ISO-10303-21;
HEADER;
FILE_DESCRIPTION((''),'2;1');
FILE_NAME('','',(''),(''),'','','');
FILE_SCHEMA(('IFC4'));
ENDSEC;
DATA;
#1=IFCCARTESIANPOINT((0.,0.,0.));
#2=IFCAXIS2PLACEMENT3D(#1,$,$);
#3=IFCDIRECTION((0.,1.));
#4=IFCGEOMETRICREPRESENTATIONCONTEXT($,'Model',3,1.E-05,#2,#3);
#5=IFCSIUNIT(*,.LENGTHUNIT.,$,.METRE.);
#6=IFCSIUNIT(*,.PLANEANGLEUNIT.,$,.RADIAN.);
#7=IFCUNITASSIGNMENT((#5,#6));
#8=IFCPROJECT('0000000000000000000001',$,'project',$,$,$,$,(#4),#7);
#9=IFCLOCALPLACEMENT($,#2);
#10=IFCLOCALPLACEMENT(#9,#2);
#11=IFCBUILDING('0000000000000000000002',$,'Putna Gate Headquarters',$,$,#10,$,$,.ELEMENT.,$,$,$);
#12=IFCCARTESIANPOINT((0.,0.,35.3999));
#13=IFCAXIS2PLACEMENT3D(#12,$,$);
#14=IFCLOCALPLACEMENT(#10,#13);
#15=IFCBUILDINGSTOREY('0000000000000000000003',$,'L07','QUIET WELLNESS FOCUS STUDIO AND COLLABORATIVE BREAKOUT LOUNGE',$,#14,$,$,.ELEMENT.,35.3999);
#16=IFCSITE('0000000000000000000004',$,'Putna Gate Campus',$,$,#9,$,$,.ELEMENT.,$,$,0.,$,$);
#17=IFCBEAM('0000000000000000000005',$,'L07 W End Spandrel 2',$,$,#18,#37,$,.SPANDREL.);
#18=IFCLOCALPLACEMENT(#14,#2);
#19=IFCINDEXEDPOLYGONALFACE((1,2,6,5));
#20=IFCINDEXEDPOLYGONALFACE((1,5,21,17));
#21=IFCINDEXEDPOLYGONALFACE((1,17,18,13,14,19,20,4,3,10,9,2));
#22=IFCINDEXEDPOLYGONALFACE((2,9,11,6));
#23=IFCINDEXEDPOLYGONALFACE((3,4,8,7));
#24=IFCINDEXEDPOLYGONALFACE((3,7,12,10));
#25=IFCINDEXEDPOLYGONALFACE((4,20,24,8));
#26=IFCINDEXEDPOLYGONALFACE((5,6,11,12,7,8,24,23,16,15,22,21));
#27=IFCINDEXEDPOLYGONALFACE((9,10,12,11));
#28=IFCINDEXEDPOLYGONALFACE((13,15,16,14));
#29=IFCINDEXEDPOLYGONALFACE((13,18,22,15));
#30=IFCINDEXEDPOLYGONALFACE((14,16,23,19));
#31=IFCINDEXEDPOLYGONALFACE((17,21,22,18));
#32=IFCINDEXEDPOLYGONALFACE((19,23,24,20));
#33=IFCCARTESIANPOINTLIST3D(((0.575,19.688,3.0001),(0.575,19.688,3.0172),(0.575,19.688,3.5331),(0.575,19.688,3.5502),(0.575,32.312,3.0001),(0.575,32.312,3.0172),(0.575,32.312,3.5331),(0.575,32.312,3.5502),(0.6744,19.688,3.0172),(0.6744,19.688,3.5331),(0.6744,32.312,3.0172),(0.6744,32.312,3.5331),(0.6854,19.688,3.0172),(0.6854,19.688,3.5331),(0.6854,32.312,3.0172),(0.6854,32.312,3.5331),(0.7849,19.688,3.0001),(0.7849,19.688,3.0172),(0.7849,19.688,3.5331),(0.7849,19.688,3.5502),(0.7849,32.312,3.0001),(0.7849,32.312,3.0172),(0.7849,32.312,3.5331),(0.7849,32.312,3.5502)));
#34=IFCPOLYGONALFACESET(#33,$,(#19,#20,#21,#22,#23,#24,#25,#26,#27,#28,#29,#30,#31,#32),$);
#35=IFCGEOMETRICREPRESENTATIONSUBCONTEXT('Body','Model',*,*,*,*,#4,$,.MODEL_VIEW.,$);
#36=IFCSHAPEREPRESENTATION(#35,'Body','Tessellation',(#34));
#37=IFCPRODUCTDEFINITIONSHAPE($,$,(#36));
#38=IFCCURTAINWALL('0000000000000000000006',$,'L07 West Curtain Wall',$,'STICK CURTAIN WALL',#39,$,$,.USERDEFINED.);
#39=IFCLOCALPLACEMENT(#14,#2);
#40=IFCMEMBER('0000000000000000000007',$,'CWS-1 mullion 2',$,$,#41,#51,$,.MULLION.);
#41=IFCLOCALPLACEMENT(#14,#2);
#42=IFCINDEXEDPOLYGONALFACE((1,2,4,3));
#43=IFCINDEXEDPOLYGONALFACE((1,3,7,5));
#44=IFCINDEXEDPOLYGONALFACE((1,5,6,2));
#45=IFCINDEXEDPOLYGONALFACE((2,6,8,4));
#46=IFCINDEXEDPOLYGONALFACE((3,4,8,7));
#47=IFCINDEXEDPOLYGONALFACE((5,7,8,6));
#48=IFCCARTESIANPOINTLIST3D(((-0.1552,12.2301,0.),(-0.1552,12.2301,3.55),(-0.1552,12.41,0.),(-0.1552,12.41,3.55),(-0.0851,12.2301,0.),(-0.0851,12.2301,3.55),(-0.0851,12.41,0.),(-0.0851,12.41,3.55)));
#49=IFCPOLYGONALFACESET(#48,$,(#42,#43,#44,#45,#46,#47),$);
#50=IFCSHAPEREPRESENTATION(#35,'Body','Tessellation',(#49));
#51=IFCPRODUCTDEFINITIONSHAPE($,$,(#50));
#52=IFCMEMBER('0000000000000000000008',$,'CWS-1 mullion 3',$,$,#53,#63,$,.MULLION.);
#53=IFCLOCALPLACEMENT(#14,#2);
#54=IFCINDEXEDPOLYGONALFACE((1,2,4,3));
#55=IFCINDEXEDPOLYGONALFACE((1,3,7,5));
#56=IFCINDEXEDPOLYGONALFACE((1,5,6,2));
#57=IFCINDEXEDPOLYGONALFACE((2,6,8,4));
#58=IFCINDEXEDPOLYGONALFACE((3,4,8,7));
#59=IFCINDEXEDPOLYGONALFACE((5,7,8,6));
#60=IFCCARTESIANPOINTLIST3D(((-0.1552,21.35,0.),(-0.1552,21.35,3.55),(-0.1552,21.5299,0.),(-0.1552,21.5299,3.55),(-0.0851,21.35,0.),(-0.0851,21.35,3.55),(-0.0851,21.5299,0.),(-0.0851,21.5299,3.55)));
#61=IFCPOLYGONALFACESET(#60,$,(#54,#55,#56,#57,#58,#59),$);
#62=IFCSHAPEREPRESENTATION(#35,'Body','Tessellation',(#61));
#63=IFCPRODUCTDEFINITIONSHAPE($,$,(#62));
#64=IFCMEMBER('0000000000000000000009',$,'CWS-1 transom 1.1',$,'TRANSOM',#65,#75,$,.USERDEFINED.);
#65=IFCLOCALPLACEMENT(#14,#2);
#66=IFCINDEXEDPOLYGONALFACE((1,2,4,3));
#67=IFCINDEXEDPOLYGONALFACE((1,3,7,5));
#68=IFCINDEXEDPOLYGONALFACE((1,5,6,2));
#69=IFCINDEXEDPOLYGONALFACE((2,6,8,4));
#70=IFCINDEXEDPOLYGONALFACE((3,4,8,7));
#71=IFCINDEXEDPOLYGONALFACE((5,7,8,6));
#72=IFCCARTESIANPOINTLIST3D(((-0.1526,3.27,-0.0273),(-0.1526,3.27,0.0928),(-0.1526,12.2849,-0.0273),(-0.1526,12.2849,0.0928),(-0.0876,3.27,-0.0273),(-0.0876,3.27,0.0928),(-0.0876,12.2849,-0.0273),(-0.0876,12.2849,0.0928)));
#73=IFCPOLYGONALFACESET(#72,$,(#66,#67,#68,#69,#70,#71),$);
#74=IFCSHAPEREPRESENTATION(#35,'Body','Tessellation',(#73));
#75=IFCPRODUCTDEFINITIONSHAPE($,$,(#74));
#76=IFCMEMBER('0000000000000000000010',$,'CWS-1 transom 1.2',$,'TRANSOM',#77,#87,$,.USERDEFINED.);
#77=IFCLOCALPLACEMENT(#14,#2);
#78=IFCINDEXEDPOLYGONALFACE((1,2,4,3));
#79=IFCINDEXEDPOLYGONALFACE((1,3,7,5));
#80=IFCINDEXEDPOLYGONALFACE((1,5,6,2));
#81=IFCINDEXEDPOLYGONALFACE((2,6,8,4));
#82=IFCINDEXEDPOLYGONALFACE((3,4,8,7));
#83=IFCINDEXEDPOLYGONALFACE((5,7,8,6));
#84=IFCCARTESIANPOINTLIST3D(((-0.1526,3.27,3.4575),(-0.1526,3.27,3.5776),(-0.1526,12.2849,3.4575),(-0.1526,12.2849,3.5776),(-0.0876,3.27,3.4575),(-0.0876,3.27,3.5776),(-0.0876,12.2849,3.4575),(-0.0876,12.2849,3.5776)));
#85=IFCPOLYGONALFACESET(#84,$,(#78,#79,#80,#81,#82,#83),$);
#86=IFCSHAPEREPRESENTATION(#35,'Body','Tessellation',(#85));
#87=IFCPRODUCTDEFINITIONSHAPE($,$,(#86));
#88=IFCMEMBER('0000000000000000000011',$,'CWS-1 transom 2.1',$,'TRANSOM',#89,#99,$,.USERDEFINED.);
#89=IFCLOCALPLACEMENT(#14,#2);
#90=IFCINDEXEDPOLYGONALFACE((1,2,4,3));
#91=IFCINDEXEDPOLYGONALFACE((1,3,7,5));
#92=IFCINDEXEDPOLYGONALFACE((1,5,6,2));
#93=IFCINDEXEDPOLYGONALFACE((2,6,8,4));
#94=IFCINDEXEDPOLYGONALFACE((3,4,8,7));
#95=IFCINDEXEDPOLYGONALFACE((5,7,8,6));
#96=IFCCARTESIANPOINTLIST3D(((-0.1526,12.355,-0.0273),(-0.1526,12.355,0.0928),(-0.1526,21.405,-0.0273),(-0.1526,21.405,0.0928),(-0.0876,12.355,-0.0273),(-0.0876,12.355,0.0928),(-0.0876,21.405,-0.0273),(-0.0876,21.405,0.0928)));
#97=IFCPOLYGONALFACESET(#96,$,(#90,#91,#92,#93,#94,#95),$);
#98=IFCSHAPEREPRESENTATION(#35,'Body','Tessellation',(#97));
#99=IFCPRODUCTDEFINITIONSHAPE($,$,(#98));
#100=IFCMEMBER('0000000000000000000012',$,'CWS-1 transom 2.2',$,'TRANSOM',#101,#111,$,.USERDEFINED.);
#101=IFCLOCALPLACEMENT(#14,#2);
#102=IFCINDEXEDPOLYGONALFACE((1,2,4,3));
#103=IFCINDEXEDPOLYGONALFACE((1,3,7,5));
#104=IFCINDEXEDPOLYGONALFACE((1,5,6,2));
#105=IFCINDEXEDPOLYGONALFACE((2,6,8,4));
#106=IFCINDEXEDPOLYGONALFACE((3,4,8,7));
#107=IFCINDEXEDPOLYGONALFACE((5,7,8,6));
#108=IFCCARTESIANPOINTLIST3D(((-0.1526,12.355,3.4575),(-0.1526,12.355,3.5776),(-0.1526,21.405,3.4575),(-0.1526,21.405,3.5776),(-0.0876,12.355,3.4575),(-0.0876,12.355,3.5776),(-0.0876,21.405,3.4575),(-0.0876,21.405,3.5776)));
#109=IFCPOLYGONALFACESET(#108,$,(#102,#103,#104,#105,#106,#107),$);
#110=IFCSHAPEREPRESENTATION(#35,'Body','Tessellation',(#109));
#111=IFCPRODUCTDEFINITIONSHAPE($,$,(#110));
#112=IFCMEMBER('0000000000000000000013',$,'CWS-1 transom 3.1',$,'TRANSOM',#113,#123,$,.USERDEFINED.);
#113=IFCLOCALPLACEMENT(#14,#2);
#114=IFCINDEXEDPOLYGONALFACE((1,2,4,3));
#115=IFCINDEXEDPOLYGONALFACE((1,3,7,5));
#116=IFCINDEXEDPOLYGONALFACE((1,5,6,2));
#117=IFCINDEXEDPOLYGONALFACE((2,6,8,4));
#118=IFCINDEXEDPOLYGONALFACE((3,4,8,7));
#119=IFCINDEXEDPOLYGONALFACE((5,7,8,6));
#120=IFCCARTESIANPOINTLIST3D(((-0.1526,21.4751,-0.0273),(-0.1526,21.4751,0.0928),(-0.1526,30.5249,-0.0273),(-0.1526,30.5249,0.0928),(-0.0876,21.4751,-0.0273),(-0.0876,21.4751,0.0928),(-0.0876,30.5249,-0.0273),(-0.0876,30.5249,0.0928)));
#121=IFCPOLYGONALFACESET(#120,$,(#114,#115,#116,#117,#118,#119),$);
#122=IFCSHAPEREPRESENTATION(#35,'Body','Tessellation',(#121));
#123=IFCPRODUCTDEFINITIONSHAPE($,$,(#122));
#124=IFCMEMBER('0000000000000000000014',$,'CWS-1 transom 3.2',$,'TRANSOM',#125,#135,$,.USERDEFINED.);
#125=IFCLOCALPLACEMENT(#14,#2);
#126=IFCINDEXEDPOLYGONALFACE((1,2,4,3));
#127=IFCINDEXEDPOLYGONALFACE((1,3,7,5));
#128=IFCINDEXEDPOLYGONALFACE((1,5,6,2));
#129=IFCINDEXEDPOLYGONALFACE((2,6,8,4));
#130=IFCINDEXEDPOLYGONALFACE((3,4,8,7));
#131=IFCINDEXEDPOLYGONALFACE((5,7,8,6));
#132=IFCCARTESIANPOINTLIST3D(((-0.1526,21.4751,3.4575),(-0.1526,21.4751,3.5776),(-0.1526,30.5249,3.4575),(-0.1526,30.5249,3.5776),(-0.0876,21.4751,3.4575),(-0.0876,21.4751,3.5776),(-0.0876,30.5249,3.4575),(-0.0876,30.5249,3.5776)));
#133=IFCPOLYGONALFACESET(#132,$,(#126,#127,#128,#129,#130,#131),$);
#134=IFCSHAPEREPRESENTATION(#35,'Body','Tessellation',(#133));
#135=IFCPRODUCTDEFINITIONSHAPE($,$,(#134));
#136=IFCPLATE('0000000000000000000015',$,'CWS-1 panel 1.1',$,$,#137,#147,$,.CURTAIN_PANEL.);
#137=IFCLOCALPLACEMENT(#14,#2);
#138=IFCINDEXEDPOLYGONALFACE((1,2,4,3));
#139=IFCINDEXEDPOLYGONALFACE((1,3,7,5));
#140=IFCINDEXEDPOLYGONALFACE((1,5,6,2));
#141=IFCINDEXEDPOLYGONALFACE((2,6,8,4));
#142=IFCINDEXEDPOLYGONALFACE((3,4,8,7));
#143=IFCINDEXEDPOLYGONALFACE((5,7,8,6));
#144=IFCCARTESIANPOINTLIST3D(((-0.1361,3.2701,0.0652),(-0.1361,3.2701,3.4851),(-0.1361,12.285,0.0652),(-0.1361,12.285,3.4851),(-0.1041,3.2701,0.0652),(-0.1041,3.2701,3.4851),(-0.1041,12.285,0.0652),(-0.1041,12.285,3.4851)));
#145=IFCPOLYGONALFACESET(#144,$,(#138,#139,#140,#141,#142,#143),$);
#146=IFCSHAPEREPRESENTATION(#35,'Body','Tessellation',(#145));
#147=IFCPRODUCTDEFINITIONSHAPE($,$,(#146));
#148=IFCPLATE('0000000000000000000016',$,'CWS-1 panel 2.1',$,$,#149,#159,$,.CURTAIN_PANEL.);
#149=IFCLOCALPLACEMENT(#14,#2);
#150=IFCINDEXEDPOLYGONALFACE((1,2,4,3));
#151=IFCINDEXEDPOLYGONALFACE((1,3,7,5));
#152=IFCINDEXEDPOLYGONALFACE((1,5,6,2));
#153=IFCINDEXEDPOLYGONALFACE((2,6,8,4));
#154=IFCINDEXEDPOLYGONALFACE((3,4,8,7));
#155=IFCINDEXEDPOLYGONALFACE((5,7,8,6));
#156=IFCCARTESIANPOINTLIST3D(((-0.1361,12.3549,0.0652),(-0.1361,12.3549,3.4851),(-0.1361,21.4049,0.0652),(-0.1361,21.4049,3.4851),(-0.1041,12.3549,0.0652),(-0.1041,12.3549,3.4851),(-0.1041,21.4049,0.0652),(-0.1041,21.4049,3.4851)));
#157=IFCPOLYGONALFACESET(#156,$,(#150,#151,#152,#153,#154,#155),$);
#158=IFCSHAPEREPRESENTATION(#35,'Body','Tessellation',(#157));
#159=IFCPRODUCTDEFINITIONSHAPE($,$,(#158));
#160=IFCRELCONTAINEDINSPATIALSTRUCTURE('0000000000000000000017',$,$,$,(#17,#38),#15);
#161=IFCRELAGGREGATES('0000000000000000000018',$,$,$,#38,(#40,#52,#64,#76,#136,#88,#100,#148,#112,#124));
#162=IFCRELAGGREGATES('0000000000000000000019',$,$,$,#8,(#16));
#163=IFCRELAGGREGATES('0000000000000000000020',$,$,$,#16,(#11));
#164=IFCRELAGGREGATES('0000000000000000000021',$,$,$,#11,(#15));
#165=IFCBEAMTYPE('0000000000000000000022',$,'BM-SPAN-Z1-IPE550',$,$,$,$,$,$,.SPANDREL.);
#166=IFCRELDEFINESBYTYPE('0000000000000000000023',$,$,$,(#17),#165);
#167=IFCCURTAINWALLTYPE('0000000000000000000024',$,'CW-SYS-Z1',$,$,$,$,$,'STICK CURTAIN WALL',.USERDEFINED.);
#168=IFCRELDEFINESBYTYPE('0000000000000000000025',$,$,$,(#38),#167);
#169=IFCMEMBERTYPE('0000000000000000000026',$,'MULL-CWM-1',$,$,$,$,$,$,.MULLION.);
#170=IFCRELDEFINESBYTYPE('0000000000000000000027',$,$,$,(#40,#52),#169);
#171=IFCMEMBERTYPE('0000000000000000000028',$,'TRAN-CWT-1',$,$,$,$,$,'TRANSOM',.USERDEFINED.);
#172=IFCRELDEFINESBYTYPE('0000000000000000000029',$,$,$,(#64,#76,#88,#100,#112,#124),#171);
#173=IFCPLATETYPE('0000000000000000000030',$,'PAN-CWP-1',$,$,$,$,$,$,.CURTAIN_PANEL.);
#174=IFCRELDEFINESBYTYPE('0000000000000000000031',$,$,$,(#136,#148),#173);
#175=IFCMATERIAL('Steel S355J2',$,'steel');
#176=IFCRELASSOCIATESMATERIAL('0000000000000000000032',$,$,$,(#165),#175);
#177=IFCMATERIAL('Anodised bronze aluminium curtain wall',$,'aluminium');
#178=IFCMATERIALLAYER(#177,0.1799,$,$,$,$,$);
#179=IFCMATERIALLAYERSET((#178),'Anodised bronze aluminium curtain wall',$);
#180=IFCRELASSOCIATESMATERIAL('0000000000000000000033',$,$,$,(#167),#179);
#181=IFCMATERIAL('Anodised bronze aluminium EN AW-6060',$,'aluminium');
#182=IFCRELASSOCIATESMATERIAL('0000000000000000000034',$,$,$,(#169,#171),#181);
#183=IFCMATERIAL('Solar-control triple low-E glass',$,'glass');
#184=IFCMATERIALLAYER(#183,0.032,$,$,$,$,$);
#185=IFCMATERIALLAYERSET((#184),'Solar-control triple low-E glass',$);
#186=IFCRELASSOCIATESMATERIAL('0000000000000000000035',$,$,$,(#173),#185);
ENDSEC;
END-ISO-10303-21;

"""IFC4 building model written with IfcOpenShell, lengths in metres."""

from ifc_helpers import new_model, si_unit, direction, frame, origin, origin_2d, place, context, subcontext, project, spatial, rectangle, i_section, extrude, material, layer, layer_set, material_profile, profile_set, type_object, element, aggregate, save


model = new_model("IFC4")

# Units and contexts
model_context = context("Model", 3, precision=1e-05, world=origin(), true_north=direction((0.0, 1.0)))
body_context = subcontext(model_context, "Body", "Model", "MODEL_VIEW")
ifc_project = project(units=[si_unit("LENGTHUNIT", "METRE"), si_unit("PLANEANGLEUNIT", "RADIAN")], contexts=[model_context])

# Site, building, storey
site_placement = place(None, origin())
site = spatial("IfcSite", under=ifc_project, at=site_placement, Name="Putna Gate Campus", CompositionType="ELEMENT", RefElevation=0.0)
building_placement = place(site_placement, origin())
building = spatial("IfcBuilding", under=site, at=building_placement, Name="Putna Gate Headquarters", CompositionType="ELEMENT")
storey_placement = place(building_placement, frame((0.0, 0.0, 35.3999)))
storey = spatial("IfcBuildingStorey", under=building, at=storey_placement, Name="L07", Description="QUIET WELLNESS FOCUS STUDIO AND COLLABORATIVE BREAKOUT LOUNGE", CompositionType="ELEMENT", Elevation=35.3999)

# Beam
ifc_material_1 = material(Name="Steel S355J2", Category="steel")
ifc_material_profile_1 = material_profile(ifc_material_1, i_section(OverallWidth=0.21, OverallDepth=0.55, WebThickness=0.011, FlangeThickness=0.0171, at=origin_2d()), Name="Steel S355J2")
ifc_profile_set_1 = profile_set([ifc_material_profile_1], Name="Steel S355J2")
beam_type_1 = type_object("IfcBeamType", Name="BM-SPAN-Z1-IPE550", PredefinedType="SPANDREL", material=ifc_profile_set_1)
beam_1_placement = place(storey_placement, frame((0.6799, 19.688, 3.2751), z_axis=(0.0, 1.0, 0.0), x_axis=(-1.0, 0.0, 0.0)))
element("IfcBeam", 1, at=beam_1_placement, inside=storey, type_object=beam_type_1, Name="L07 W End Spandrel 2", PredefinedType="SPANDREL", context=body_context, shape_type="SweptSolid", body=[
    extrude(i_section(OverallWidth=0.21, OverallDepth=0.55, WebThickness=0.011, FlangeThickness=0.0171, at=origin_2d()), origin(), (0.0, 0.0, 1.0), 12.624),
])

# Curtain wall, members, plates
ifc_material_2 = material(Name="Anodised bronze aluminium curtain wall", Category="aluminium")
ifc_layer_1 = layer(ifc_material_2, 0.1799)
ifc_layer_set_1 = layer_set([ifc_layer_1], Name="Anodised bronze aluminium curtain wall")
curtain_wall_type = type_object("IfcCurtainWallType", Name="CW-SYS-Z1", ElementType="STICK CURTAIN WALL", PredefinedType="USERDEFINED", material=ifc_layer_set_1)
curtain_wall_placement = place(storey_placement, origin())
curtain_wall = element("IfcCurtainWall", 2, at=curtain_wall_placement, inside=storey, type_object=curtain_wall_type, Name="L07 West Curtain Wall", ObjectType="STICK CURTAIN WALL", PredefinedType="USERDEFINED")
ifc_material_3 = material(Name="Anodised bronze aluminium EN AW-6060", Category="aluminium")
ifc_material_profile_2 = material_profile(ifc_material_3, rectangle(XDim=0.0701, YDim=0.1799, at=origin_2d()), Name="Anodised bronze aluminium EN AW-6060")
ifc_profile_set_2 = profile_set([ifc_material_profile_2], Name="Anodised bronze aluminium EN AW-6060")
member_type_1 = type_object("IfcMemberType", Name="MULL-CWM-1", PredefinedType="MULLION", material=ifc_profile_set_2)
member_1_placement = place(storey_placement, frame((-0.1201, 12.3201, 0.0), z_axis=(0.0, 0.0, 1.0), x_axis=(-1.0, 0.0, 0.0)))
member_1 = element("IfcMember", 3, at=member_1_placement, type_object=member_type_1, Name="CWS-1 mullion 2", PredefinedType="MULLION", context=body_context, shape_type="SweptSolid", body=[
    extrude(rectangle(XDim=0.0701, YDim=0.1799, at=origin_2d()), origin(), (0.0, 0.0, 1.0), 3.55),
])
member_2_placement = place(storey_placement, frame((-0.1201, 21.4399, 0.0), z_axis=(0.0, 0.0, 1.0), x_axis=(-1.0, 0.0, 0.0)))
member_2 = element("IfcMember", 4, at=member_2_placement, type_object=member_type_1, Name="CWS-1 mullion 3", PredefinedType="MULLION", context=body_context, shape_type="SweptSolid", body=[
    extrude(rectangle(XDim=0.0701, YDim=0.1799, at=origin_2d()), origin(), (0.0, 0.0, 1.0), 3.55),
])
ifc_material_profile_3 = material_profile(ifc_material_3, rectangle(XDim=0.0649, YDim=0.1201, at=origin_2d()), Name="Anodised bronze aluminium EN AW-6060")
ifc_profile_set_3 = profile_set([ifc_material_profile_3], Name="Anodised bronze aluminium EN AW-6060")
member_type_2 = type_object("IfcMemberType", Name="TRAN-CWT-1", ElementType="TRANSOM", PredefinedType="USERDEFINED", material=ifc_profile_set_3)
member_3_placement = place(storey_placement, frame((-0.1201, 3.27, 0.0327), z_axis=(0.0, 1.0, 0.0), x_axis=(-1.0, 0.0, 0.0)))
member_3 = element("IfcMember", 5, at=member_3_placement, type_object=member_type_2, Name="CWS-1 transom 1.1", ObjectType="TRANSOM", PredefinedType="USERDEFINED", context=body_context, shape_type="SweptSolid", body=[
    extrude(rectangle(XDim=0.0649, YDim=0.1201, at=origin_2d()), origin(), (0.0, 0.0, 1.0), 9.0149),
])
member_4_placement = place(storey_placement, frame((-0.1201, 3.27, 3.5176), z_axis=(0.0, 1.0, 0.0), x_axis=(-1.0, 0.0, 0.0)))
member_4 = element("IfcMember", 6, at=member_4_placement, type_object=member_type_2, Name="CWS-1 transom 1.2", ObjectType="TRANSOM", PredefinedType="USERDEFINED", context=body_context, shape_type="SweptSolid", body=[
    extrude(rectangle(XDim=0.0649, YDim=0.1201, at=origin_2d()), origin(), (0.0, 0.0, 1.0), 9.0149),
])
member_5_placement = place(storey_placement, frame((-0.1201, 12.355, 0.0327), z_axis=(0.0, 1.0, 0.0), x_axis=(-1.0, 0.0, 0.0)))
member_5 = element("IfcMember", 7, at=member_5_placement, type_object=member_type_2, Name="CWS-1 transom 2.1", ObjectType="TRANSOM", PredefinedType="USERDEFINED", context=body_context, shape_type="SweptSolid", body=[
    extrude(rectangle(XDim=0.0649, YDim=0.1201, at=origin_2d()), origin(), (0.0, 0.0, 1.0), 9.05),
])
member_6_placement = place(storey_placement, frame((-0.1201, 12.355, 3.5176), z_axis=(0.0, 1.0, 0.0), x_axis=(-1.0, 0.0, 0.0)))
member_6 = element("IfcMember", 8, at=member_6_placement, type_object=member_type_2, Name="CWS-1 transom 2.2", ObjectType="TRANSOM", PredefinedType="USERDEFINED", context=body_context, shape_type="SweptSolid", body=[
    extrude(rectangle(XDim=0.0649, YDim=0.1201, at=origin_2d()), origin(), (0.0, 0.0, 1.0), 9.05),
])
member_7_placement = place(storey_placement, frame((-0.1201, 21.4751, 0.0327), z_axis=(0.0, 1.0, 0.0), x_axis=(-1.0, 0.0, 0.0)))
member_7 = element("IfcMember", 9, at=member_7_placement, type_object=member_type_2, Name="CWS-1 transom 3.1", ObjectType="TRANSOM", PredefinedType="USERDEFINED", context=body_context, shape_type="SweptSolid", body=[
    extrude(rectangle(XDim=0.0649, YDim=0.1201, at=origin_2d()), origin(), (0.0, 0.0, 1.0), 9.0498),
])
member_8_placement = place(storey_placement, frame((-0.1201, 21.4751, 3.5176), z_axis=(0.0, 1.0, 0.0), x_axis=(-1.0, 0.0, 0.0)))
member_8 = element("IfcMember", 10, at=member_8_placement, type_object=member_type_2, Name="CWS-1 transom 3.2", ObjectType="TRANSOM", PredefinedType="USERDEFINED", context=body_context, shape_type="SweptSolid", body=[
    extrude(rectangle(XDim=0.0649, YDim=0.1201, at=origin_2d()), origin(), (0.0, 0.0, 1.0), 9.0498),
])
ifc_material_4 = material(Name="Solar-control triple low-E glass", Category="glass")
ifc_layer_2 = layer(ifc_material_4, 0.032)
ifc_layer_set_2 = layer_set([ifc_layer_2], Name="Solar-control triple low-E glass")
plate_type = type_object("IfcPlateType", Name="PAN-CWP-1", PredefinedType="CURTAIN_PANEL", material=ifc_layer_set_2)
plate_1_placement = place(storey_placement, frame((-0.1201, 7.7776, 0.0652), z_axis=(0.0, 0.0, 1.0), x_axis=(0.0, 1.0, 0.0)))
plate_1 = element("IfcPlate", 11, at=plate_1_placement, type_object=plate_type, Name="CWS-1 panel 1.1", PredefinedType="CURTAIN_PANEL", context=body_context, shape_type="SweptSolid", body=[
    extrude(rectangle(XDim=9.0149, YDim=0.032, at=origin_2d()), origin(), (0.0, 0.0, 1.0), 3.4199),
])
plate_2_placement = place(storey_placement, frame((-0.1201, 16.8799, 0.0652), z_axis=(0.0, 0.0, 1.0), x_axis=(0.0, 1.0, 0.0)))
plate_2 = element("IfcPlate", 12, at=plate_2_placement, type_object=plate_type, Name="CWS-1 panel 2.1", PredefinedType="CURTAIN_PANEL", context=body_context, shape_type="SweptSolid", body=[
    extrude(rectangle(XDim=9.05, YDim=0.032, at=origin_2d()), origin(), (0.0, 0.0, 1.0), 3.4199),
])
aggregate(curtain_wall, [member_1, member_2, member_3, member_4, plate_1, member_5, member_6, plate_2, member_7, member_8])

save(model, "model.ifc")
